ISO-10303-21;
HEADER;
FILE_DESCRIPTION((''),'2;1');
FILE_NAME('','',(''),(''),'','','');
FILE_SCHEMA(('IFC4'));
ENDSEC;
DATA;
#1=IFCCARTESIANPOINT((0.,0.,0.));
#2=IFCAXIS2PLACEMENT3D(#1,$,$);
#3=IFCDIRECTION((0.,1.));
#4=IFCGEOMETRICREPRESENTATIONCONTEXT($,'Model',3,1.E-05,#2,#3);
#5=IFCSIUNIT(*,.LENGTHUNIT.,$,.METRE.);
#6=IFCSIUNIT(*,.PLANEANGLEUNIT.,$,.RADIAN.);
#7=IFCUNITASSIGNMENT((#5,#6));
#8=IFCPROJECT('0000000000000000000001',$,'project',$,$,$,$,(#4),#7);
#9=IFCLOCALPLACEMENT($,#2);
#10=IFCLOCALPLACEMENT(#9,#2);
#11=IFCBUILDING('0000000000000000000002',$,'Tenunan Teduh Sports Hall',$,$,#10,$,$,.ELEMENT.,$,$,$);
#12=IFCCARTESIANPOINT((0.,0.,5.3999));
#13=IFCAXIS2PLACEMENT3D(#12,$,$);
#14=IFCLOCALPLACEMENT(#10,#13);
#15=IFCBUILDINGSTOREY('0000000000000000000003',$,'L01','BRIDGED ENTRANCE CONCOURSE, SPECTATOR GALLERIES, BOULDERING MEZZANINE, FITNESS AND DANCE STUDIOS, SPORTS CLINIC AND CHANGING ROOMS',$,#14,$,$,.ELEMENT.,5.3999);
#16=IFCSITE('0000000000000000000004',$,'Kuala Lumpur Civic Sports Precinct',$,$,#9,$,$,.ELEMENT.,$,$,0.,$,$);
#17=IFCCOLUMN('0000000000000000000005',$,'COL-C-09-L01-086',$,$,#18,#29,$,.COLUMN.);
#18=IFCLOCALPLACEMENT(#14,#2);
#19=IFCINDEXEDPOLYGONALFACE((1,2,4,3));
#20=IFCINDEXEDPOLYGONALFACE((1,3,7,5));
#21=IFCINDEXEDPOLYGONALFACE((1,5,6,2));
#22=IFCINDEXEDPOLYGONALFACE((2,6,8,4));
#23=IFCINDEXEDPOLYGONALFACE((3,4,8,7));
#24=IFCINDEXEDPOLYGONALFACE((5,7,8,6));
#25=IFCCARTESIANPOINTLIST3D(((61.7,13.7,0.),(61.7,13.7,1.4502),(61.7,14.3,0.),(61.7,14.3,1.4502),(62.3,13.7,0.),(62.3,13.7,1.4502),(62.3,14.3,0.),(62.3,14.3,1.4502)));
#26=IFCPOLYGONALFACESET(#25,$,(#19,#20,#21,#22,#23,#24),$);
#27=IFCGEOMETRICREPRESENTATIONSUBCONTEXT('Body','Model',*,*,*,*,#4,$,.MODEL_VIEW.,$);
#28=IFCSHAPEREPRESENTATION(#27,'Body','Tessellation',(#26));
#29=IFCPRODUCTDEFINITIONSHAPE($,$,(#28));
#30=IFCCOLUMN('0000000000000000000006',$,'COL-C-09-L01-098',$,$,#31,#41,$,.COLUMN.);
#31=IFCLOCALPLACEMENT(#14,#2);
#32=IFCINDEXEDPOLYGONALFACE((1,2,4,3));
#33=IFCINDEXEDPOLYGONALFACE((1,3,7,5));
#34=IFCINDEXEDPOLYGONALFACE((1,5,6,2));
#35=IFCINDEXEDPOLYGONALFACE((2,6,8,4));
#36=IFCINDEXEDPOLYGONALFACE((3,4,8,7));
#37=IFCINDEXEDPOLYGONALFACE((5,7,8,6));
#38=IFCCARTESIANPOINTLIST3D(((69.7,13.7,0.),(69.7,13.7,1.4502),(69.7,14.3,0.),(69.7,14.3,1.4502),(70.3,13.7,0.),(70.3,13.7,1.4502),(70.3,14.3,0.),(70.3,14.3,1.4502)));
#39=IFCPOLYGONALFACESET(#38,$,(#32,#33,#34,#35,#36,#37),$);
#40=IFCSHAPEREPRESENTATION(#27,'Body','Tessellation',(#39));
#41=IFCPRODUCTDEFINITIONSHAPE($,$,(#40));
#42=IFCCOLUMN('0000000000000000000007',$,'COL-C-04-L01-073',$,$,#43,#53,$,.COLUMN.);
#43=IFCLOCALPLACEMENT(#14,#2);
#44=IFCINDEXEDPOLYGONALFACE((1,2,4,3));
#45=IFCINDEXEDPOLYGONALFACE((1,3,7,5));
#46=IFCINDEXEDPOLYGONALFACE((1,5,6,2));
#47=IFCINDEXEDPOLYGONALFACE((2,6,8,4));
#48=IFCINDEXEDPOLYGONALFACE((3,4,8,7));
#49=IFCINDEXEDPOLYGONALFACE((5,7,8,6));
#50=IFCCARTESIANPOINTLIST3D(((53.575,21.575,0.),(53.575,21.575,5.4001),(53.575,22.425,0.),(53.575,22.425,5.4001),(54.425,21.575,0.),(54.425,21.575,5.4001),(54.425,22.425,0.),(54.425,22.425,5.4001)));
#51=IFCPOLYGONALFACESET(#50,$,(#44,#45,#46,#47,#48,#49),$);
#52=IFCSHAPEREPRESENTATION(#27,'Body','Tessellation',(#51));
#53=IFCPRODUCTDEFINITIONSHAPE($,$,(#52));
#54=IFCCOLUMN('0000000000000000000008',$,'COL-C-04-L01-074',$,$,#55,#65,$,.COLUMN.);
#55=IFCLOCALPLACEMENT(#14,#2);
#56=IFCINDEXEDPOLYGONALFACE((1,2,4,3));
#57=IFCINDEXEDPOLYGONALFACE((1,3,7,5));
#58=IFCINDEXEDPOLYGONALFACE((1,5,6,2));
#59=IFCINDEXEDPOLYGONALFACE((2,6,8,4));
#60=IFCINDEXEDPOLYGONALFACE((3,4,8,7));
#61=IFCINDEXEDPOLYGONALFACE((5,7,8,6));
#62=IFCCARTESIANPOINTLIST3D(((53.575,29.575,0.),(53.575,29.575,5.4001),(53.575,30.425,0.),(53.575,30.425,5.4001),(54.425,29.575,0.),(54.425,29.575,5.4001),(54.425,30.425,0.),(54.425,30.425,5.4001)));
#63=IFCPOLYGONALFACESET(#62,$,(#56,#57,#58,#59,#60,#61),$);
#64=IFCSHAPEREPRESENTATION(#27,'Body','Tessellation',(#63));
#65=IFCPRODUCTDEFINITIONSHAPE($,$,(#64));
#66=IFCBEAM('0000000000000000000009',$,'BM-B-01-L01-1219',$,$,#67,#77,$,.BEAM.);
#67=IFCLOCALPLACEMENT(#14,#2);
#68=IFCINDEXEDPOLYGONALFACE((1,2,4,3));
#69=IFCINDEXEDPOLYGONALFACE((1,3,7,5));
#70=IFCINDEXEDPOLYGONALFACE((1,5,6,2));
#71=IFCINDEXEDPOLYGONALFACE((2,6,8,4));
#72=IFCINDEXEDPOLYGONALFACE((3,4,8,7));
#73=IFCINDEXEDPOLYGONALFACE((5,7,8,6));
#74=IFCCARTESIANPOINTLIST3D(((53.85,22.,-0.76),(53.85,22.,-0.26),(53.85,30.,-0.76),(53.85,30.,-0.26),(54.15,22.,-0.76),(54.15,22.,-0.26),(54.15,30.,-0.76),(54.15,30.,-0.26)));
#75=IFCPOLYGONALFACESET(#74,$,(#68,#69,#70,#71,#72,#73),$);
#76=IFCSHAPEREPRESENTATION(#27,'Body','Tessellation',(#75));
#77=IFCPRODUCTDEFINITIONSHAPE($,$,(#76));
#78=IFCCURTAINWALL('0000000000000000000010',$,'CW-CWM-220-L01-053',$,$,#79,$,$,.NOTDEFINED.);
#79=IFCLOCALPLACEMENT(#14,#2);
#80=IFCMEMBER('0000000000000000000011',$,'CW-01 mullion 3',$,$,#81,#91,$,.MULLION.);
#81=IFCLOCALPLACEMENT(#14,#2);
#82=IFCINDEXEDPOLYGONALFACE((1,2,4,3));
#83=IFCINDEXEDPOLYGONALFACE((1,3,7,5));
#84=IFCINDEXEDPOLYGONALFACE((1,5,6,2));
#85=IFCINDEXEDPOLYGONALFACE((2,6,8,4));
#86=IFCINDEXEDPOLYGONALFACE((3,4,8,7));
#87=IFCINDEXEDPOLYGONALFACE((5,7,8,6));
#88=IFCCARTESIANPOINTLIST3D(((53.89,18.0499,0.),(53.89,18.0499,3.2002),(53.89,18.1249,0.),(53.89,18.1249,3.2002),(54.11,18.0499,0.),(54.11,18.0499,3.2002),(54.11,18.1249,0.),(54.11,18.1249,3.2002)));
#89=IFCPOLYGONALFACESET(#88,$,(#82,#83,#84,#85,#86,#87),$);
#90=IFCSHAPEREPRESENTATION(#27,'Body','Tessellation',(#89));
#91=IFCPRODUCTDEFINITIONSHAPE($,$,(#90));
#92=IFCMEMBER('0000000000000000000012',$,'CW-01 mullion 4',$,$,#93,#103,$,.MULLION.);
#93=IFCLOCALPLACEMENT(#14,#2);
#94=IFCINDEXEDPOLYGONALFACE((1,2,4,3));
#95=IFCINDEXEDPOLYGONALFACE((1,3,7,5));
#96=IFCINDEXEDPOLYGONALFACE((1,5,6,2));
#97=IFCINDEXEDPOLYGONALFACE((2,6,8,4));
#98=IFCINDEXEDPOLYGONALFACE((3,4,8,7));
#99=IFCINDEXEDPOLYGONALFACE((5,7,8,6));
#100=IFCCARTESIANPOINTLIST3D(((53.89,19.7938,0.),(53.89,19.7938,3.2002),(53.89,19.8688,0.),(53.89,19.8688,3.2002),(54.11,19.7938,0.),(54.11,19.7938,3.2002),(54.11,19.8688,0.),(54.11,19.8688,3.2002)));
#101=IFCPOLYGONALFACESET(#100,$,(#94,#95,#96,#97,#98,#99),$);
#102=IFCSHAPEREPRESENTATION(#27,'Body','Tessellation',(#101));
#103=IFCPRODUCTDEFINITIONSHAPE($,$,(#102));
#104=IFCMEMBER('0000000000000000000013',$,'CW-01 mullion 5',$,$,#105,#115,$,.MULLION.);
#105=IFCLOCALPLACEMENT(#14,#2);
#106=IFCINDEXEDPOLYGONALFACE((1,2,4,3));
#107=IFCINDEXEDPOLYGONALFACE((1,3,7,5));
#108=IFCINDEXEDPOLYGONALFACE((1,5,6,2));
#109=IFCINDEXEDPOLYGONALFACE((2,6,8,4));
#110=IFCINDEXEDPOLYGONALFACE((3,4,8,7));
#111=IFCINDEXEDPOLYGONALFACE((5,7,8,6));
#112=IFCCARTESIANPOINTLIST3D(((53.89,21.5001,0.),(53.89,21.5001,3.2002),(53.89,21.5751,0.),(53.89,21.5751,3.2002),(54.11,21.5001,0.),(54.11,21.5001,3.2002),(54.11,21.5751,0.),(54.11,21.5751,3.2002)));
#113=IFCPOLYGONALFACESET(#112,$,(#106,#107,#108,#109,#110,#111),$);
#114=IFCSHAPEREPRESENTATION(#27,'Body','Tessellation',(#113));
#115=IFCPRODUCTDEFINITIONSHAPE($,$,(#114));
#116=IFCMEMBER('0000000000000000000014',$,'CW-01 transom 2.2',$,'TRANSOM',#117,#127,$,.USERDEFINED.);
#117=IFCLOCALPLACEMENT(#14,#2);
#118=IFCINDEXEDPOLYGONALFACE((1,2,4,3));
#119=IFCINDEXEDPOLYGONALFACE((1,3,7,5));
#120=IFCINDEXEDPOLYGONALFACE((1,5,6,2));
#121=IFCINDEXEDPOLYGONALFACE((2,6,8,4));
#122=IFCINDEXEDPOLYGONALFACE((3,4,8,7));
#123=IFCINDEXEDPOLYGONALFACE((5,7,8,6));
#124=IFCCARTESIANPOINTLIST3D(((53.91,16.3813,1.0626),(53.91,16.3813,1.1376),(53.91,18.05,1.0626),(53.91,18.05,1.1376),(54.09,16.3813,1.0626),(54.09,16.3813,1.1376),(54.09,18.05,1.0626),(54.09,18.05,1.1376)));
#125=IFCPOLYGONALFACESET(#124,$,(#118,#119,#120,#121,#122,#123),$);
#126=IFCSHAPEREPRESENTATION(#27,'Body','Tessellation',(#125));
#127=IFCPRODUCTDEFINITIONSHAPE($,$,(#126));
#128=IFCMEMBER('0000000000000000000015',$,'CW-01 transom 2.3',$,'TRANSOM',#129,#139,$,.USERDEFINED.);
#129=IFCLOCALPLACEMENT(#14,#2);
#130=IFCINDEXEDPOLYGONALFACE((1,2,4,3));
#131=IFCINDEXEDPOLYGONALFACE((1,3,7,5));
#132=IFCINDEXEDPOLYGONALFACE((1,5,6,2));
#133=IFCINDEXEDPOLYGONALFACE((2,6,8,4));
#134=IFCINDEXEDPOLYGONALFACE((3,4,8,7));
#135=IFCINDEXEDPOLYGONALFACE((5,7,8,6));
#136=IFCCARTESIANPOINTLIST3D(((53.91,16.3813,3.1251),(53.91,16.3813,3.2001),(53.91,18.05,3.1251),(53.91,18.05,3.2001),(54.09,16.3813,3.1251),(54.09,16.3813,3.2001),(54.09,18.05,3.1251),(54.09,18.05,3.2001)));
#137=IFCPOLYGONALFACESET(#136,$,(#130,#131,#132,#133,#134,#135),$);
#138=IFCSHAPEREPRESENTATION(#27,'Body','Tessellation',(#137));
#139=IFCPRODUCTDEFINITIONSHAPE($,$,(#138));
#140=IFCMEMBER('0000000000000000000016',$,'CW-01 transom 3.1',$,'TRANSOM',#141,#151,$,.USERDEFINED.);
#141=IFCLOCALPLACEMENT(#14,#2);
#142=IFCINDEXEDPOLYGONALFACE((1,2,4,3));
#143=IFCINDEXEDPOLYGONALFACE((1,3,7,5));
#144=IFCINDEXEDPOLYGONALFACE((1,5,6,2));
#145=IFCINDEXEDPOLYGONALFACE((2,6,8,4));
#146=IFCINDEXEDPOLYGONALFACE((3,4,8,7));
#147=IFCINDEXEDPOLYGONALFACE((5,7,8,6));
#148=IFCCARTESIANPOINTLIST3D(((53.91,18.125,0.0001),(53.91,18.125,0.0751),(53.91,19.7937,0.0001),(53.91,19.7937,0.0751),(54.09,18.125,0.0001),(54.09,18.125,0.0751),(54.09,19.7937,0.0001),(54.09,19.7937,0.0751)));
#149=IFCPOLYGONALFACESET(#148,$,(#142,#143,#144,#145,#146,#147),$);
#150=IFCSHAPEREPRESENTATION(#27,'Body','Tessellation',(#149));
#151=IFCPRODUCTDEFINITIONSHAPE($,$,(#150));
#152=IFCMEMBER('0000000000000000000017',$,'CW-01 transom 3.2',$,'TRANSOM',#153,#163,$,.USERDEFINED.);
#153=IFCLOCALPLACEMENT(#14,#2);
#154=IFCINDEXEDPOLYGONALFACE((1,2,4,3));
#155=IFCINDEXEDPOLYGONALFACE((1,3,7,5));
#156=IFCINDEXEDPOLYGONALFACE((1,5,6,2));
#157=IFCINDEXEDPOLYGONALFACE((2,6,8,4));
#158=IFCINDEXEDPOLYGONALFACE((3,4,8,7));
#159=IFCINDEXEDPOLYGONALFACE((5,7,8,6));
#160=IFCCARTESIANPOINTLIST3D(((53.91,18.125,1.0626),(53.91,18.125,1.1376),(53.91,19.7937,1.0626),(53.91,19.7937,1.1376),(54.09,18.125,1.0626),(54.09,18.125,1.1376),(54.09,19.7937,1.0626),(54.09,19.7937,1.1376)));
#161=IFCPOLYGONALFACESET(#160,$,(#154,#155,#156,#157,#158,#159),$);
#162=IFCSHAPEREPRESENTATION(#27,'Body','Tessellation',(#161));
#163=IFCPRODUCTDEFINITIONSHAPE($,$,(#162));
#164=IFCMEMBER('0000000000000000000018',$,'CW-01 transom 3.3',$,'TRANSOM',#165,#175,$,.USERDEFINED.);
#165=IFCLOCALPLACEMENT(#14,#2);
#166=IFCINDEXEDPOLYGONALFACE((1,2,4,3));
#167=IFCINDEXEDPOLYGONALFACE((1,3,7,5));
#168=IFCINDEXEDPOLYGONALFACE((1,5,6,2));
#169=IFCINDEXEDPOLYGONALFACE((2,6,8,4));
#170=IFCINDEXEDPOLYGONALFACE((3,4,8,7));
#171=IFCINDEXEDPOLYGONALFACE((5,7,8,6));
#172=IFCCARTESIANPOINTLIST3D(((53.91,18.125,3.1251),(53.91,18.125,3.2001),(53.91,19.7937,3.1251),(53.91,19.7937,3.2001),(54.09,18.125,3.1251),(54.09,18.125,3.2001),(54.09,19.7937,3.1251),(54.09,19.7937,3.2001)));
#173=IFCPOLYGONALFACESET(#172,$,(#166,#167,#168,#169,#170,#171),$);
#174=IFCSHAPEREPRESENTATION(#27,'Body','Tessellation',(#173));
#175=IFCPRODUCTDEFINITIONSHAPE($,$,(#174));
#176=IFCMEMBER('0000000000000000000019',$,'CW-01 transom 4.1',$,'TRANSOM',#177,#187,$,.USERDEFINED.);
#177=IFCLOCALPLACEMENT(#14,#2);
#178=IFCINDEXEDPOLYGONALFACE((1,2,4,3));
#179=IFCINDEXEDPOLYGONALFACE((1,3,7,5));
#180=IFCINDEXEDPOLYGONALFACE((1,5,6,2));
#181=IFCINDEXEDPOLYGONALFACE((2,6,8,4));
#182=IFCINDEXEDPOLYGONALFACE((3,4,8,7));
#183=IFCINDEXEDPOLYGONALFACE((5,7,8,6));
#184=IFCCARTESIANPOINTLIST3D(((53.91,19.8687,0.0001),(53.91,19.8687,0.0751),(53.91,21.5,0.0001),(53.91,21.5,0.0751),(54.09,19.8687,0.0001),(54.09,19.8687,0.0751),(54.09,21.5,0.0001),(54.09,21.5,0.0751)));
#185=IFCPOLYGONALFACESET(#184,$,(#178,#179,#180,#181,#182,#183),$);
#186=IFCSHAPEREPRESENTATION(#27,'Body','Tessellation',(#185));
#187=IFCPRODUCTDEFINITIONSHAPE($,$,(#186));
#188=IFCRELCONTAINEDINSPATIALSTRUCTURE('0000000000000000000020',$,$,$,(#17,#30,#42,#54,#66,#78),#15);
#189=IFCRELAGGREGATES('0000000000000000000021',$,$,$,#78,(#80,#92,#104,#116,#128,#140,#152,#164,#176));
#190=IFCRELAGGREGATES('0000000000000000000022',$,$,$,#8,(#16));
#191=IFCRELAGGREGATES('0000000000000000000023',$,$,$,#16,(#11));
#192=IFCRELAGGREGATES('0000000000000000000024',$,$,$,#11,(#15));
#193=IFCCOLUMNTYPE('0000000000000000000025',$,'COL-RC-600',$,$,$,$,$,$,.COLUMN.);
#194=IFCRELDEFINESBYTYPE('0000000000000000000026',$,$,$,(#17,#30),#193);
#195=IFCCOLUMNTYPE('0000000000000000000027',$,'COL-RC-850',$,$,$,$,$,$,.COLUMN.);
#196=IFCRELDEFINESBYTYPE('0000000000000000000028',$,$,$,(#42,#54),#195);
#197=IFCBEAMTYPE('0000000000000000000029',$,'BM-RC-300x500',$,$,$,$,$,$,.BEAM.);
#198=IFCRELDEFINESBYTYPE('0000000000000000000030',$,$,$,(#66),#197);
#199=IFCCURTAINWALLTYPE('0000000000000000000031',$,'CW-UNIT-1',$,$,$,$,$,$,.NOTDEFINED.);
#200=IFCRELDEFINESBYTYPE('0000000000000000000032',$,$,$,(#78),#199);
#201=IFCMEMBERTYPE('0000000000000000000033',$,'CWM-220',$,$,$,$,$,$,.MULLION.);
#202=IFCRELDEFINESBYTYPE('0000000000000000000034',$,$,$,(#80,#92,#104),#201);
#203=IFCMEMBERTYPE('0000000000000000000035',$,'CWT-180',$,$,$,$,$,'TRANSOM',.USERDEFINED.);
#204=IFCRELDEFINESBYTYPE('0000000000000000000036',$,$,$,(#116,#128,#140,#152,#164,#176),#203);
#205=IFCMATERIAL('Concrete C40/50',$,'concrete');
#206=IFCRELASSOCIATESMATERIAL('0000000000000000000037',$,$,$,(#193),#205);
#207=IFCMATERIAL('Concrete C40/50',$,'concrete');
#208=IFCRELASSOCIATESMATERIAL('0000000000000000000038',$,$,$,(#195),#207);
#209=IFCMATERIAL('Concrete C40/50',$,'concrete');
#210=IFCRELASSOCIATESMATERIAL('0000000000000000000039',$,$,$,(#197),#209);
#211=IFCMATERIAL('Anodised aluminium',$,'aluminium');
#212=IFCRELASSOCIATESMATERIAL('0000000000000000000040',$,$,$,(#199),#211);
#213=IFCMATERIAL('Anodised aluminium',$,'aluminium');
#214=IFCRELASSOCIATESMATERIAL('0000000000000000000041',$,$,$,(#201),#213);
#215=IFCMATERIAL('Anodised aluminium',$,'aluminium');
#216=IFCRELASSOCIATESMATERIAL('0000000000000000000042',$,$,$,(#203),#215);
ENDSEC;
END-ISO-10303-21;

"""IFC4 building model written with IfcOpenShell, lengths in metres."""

from ifc_helpers import new_model, si_unit, direction, frame, origin, origin_2d, place, context, subcontext, project, spatial, rectangle, extrude, material, material_profile, profile_set, type_object, element, aggregate, save


model = new_model("IFC4")

# Units and contexts
model_context = context("Model", 3, precision=1e-05, world=origin(), true_north=direction((0.0, 1.0)))
body_context = subcontext(model_context, "Body", "Model", "MODEL_VIEW")
ifc_project = project(units=[si_unit("LENGTHUNIT", "METRE"), si_unit("PLANEANGLEUNIT", "RADIAN")], contexts=[model_context])

# Site, building, storey
site_placement = place(None, origin())
site = spatial("IfcSite", under=ifc_project, at=site_placement, Name="Kuala Lumpur Civic Sports Precinct", CompositionType="ELEMENT", RefElevation=0.0)
building_placement = place(site_placement, origin())
building = spatial("IfcBuilding", under=site, at=building_placement, Name="Tenunan Teduh Sports Hall", CompositionType="ELEMENT")
storey_placement = place(building_placement, frame((0.0, 0.0, 5.3999)))
storey = spatial("IfcBuildingStorey", under=building, at=storey_placement, Name="L01", Description="BRIDGED ENTRANCE CONCOURSE, SPECTATOR GALLERIES, BOULDERING MEZZANINE, FITNESS AND DANCE STUDIOS, SPORTS CLINIC AND CHANGING ROOMS", CompositionType="ELEMENT", Elevation=5.3999)

# Columns
ifc_material_1 = material(Name="Concrete C40/50", Category="concrete")
ifc_material_profile_1 = material_profile(ifc_material_1, rectangle(XDim=0.6001, YDim=0.6001, at=origin_2d()), Name="RC 600x600")
ifc_profile_set_1 = profile_set([ifc_material_profile_1], Name="Concrete C40/50")
column_type_1 = type_object("IfcColumnType", Name="COL-RC-600", PredefinedType="COLUMN", material=ifc_profile_set_1)
for number, where, z_axis, x_axis, name in (
    (1, (62.0, 14.0, 0.0), (0.0, 0.0, 1.0), (1.0, 0.0, 0.0), "COL-C-09-L01-086"),
    (2, (70.0, 14.0, 0.0), (0.0, 0.0, 1.0), (1.0, 0.0, 0.0), "COL-C-09-L01-098"),
):
    element("IfcColumn", number, at=place(storey_placement, frame(where, z_axis=z_axis, x_axis=x_axis)), inside=storey, type_object=column_type_1, Name=name, PredefinedType="COLUMN", context=body_context, shape_type="SweptSolid", body=[
        extrude(rectangle(XDim=0.6001, YDim=0.6001, at=origin_2d()), origin(), (0.0, 0.0, 1.0), 1.4502),
    ])
ifc_material_2 = material(Name="Concrete C40/50", Category="concrete")
ifc_material_profile_2 = material_profile(ifc_material_2, rectangle(XDim=0.8501, YDim=0.8501, at=origin_2d()), Name="RC 850x850")
ifc_profile_set_2 = profile_set([ifc_material_profile_2], Name="Concrete C40/50")
column_type_2 = type_object("IfcColumnType", Name="COL-RC-850", PredefinedType="COLUMN", material=ifc_profile_set_2)
for number, where, z_axis, x_axis, name in (
    (3, (54.0, 22.0, 0.0), (0.0, 0.0, 1.0), (1.0, 0.0, 0.0), "COL-C-04-L01-073"),
    (4, (54.0, 30.0, 0.0), (0.0, 0.0, 1.0), (1.0, 0.0, 0.0), "COL-C-04-L01-074"),
):
    element("IfcColumn", number, at=place(storey_placement, frame(where, z_axis=z_axis, x_axis=x_axis)), inside=storey, type_object=column_type_2, Name=name, PredefinedType="COLUMN", context=body_context, shape_type="SweptSolid", body=[
        extrude(rectangle(XDim=0.8501, YDim=0.8501, at=origin_2d()), origin(), (0.0, 0.0, 1.0), 5.4001),
    ])

# Beam
ifc_material_3 = material(Name="Concrete C40/50", Category="concrete")
ifc_material_profile_3 = material_profile(ifc_material_3, rectangle(XDim=0.3, YDim=0.5, at=origin_2d()), Name="RCB 300x500")
ifc_profile_set_3 = profile_set([ifc_material_profile_3], Name="Concrete C40/50")
beam_type_1 = type_object("IfcBeamType", Name="BM-RC-300x500", PredefinedType="BEAM", material=ifc_profile_set_3)
beam_placement = place(storey_placement, frame((54.0, 22.0, -0.51), z_axis=(0.0, 1.0, 0.0), x_axis=(-1.0, 0.0, 0.0)))
element("IfcBeam", 5, at=beam_placement, inside=storey, type_object=beam_type_1, Name="BM-B-01-L01-1219", PredefinedType="BEAM", context=body_context, shape_type="SweptSolid", body=[
    extrude(rectangle(XDim=0.3, YDim=0.5, at=origin_2d()), origin(), (0.0, 0.0, 1.0), 8.0),
])

# Curtain wall, members
ifc_material_4 = material(Name="Anodised aluminium", Category="aluminium")
curtain_wall_type = type_object("IfcCurtainWallType", Name="CW-UNIT-1", PredefinedType="NOTDEFINED", material=ifc_material_4)
curtain_wall_placement = place(storey_placement, origin())
curtain_wall = element("IfcCurtainWall", 6, at=curtain_wall_placement, inside=storey, type_object=curtain_wall_type, Name="CW-CWM-220-L01-053", PredefinedType="NOTDEFINED")
ifc_material_5 = material(Name="Anodised aluminium", Category="aluminium")
ifc_material_profile_4 = material_profile(ifc_material_5, rectangle(XDim=0.075, YDim=0.22, at=origin_2d()), Name="CWM 75x220")
ifc_profile_set_4 = profile_set([ifc_material_profile_4], Name="Anodised aluminium")
member_type_1 = type_object("IfcMemberType", Name="CWM-220", PredefinedType="MULLION", material=ifc_profile_set_4)
member_1_placement = place(storey_placement, frame((54.0, 18.0874, 0.0), z_axis=(0.0, 0.0, 1.0), x_axis=(0.0, 1.0, 0.0)))
member_1 = element("IfcMember", 7, at=member_1_placement, type_object=member_type_1, Name="CW-01 mullion 3", PredefinedType="MULLION", context=body_context, shape_type="SweptSolid", body=[
    extrude(rectangle(XDim=0.075, YDim=0.22, at=origin_2d()), origin(), (0.0, 0.0, 1.0), 3.2002),
])
member_2_placement = place(storey_placement, frame((54.0, 19.8313, 0.0), z_axis=(0.0, 0.0, 1.0), x_axis=(0.0, 1.0, 0.0)))
member_2 = element("IfcMember", 8, at=member_2_placement, type_object=member_type_1, Name="CW-01 mullion 4", PredefinedType="MULLION", context=body_context, shape_type="SweptSolid", body=[
    extrude(rectangle(XDim=0.075, YDim=0.22, at=origin_2d()), origin(), (0.0, 0.0, 1.0), 3.2002),
])
member_3_placement = place(storey_placement, frame((54.0, 21.5376, 0.0), z_axis=(0.0, 0.0, 1.0), x_axis=(0.0, 1.0, 0.0)))
member_3 = element("IfcMember", 9, at=member_3_placement, type_object=member_type_1, Name="CW-01 mullion 5", PredefinedType="MULLION", context=body_context, shape_type="SweptSolid", body=[
    extrude(rectangle(XDim=0.075, YDim=0.22, at=origin_2d()), origin(), (0.0, 0.0, 1.0), 3.2002),
])
ifc_material_6 = material(Name="Anodised aluminium", Category="aluminium")
ifc_material_profile_5 = material_profile(ifc_material_6, rectangle(XDim=0.075, YDim=0.1799, at=origin_2d()), Name="CWT 75x180")
ifc_profile_set_5 = profile_set([ifc_material_profile_5], Name="Anodised aluminium")
member_type_2 = type_object("IfcMemberType", Name="CWT-180", ElementType="TRANSOM", PredefinedType="USERDEFINED", material=ifc_profile_set_5)
member_4_placement = place(storey_placement, frame((54.0, 16.3813, 1.1001), z_axis=(0.0, 1.0, 0.0), x_axis=(0.0, 0.0, 1.0)))
member_4 = element("IfcMember", 10, at=member_4_placement, type_object=member_type_2, Name="CW-01 transom 2.2", ObjectType="TRANSOM", PredefinedType="USERDEFINED", context=body_context, shape_type="SweptSolid", body=[
    extrude(rectangle(XDim=0.075, YDim=0.1799, at=origin_2d()), origin(), (0.0, 0.0, 1.0), 1.6687),
])
member_5_placement = place(storey_placement, frame((54.0, 16.3813, 3.1626), z_axis=(0.0, 1.0, 0.0), x_axis=(0.0, 0.0, 1.0)))
member_5 = element("IfcMember", 11, at=member_5_placement, type_object=member_type_2, Name="CW-01 transom 2.3", ObjectType="TRANSOM", PredefinedType="USERDEFINED", context=body_context, shape_type="SweptSolid", body=[
    extrude(rectangle(XDim=0.075, YDim=0.1799, at=origin_2d()), origin(), (0.0, 0.0, 1.0), 1.6687),
])
member_6_placement = place(storey_placement, frame((54.0, 18.125, 0.0376), z_axis=(0.0, 1.0, 0.0), x_axis=(0.0, 0.0, 1.0)))
member_6 = element("IfcMember", 12, at=member_6_placement, type_object=member_type_2, Name="CW-01 transom 3.1", ObjectType="TRANSOM", PredefinedType="USERDEFINED", context=body_context, shape_type="SweptSolid", body=[
    extrude(rectangle(XDim=0.075, YDim=0.1799, at=origin_2d()), origin(), (0.0, 0.0, 1.0), 1.6687),
])
member_7_placement = place(storey_placement, frame((54.0, 18.125, 1.1001), z_axis=(0.0, 1.0, 0.0), x_axis=(0.0, 0.0, 1.0)))
member_7 = element("IfcMember", 13, at=member_7_placement, type_object=member_type_2, Name="CW-01 transom 3.2", ObjectType="TRANSOM", PredefinedType="USERDEFINED", context=body_context, shape_type="SweptSolid", body=[
    extrude(rectangle(XDim=0.075, YDim=0.1799, at=origin_2d()), origin(), (0.0, 0.0, 1.0), 1.6687),
])
member_8_placement = place(storey_placement, frame((54.0, 18.125, 3.1626), z_axis=(0.0, 1.0, 0.0), x_axis=(0.0, 0.0, 1.0)))
member_8 = element("IfcMember", 14, at=member_8_placement, type_object=member_type_2, Name="CW-01 transom 3.3", ObjectType="TRANSOM", PredefinedType="USERDEFINED", context=body_context, shape_type="SweptSolid", body=[
    extrude(rectangle(XDim=0.075, YDim=0.1799, at=origin_2d()), origin(), (0.0, 0.0, 1.0), 1.6687),
])
member_9_placement = place(storey_placement, frame((54.0, 19.8687, 0.0376), z_axis=(0.0, 1.0, 0.0), x_axis=(0.0, 0.0, 1.0)))
member_9 = element("IfcMember", 15, at=member_9_placement, type_object=member_type_2, Name="CW-01 transom 4.1", ObjectType="TRANSOM", PredefinedType="USERDEFINED", context=body_context, shape_type="SweptSolid", body=[
    extrude(rectangle(XDim=0.075, YDim=0.1799, at=origin_2d()), origin(), (0.0, 0.0, 1.0), 1.6313),
])

aggregate(curtain_wall, [member_1, member_2, member_3, member_4, member_5, member_6, member_7, member_8, member_9])

save(model, "model.ifc")
